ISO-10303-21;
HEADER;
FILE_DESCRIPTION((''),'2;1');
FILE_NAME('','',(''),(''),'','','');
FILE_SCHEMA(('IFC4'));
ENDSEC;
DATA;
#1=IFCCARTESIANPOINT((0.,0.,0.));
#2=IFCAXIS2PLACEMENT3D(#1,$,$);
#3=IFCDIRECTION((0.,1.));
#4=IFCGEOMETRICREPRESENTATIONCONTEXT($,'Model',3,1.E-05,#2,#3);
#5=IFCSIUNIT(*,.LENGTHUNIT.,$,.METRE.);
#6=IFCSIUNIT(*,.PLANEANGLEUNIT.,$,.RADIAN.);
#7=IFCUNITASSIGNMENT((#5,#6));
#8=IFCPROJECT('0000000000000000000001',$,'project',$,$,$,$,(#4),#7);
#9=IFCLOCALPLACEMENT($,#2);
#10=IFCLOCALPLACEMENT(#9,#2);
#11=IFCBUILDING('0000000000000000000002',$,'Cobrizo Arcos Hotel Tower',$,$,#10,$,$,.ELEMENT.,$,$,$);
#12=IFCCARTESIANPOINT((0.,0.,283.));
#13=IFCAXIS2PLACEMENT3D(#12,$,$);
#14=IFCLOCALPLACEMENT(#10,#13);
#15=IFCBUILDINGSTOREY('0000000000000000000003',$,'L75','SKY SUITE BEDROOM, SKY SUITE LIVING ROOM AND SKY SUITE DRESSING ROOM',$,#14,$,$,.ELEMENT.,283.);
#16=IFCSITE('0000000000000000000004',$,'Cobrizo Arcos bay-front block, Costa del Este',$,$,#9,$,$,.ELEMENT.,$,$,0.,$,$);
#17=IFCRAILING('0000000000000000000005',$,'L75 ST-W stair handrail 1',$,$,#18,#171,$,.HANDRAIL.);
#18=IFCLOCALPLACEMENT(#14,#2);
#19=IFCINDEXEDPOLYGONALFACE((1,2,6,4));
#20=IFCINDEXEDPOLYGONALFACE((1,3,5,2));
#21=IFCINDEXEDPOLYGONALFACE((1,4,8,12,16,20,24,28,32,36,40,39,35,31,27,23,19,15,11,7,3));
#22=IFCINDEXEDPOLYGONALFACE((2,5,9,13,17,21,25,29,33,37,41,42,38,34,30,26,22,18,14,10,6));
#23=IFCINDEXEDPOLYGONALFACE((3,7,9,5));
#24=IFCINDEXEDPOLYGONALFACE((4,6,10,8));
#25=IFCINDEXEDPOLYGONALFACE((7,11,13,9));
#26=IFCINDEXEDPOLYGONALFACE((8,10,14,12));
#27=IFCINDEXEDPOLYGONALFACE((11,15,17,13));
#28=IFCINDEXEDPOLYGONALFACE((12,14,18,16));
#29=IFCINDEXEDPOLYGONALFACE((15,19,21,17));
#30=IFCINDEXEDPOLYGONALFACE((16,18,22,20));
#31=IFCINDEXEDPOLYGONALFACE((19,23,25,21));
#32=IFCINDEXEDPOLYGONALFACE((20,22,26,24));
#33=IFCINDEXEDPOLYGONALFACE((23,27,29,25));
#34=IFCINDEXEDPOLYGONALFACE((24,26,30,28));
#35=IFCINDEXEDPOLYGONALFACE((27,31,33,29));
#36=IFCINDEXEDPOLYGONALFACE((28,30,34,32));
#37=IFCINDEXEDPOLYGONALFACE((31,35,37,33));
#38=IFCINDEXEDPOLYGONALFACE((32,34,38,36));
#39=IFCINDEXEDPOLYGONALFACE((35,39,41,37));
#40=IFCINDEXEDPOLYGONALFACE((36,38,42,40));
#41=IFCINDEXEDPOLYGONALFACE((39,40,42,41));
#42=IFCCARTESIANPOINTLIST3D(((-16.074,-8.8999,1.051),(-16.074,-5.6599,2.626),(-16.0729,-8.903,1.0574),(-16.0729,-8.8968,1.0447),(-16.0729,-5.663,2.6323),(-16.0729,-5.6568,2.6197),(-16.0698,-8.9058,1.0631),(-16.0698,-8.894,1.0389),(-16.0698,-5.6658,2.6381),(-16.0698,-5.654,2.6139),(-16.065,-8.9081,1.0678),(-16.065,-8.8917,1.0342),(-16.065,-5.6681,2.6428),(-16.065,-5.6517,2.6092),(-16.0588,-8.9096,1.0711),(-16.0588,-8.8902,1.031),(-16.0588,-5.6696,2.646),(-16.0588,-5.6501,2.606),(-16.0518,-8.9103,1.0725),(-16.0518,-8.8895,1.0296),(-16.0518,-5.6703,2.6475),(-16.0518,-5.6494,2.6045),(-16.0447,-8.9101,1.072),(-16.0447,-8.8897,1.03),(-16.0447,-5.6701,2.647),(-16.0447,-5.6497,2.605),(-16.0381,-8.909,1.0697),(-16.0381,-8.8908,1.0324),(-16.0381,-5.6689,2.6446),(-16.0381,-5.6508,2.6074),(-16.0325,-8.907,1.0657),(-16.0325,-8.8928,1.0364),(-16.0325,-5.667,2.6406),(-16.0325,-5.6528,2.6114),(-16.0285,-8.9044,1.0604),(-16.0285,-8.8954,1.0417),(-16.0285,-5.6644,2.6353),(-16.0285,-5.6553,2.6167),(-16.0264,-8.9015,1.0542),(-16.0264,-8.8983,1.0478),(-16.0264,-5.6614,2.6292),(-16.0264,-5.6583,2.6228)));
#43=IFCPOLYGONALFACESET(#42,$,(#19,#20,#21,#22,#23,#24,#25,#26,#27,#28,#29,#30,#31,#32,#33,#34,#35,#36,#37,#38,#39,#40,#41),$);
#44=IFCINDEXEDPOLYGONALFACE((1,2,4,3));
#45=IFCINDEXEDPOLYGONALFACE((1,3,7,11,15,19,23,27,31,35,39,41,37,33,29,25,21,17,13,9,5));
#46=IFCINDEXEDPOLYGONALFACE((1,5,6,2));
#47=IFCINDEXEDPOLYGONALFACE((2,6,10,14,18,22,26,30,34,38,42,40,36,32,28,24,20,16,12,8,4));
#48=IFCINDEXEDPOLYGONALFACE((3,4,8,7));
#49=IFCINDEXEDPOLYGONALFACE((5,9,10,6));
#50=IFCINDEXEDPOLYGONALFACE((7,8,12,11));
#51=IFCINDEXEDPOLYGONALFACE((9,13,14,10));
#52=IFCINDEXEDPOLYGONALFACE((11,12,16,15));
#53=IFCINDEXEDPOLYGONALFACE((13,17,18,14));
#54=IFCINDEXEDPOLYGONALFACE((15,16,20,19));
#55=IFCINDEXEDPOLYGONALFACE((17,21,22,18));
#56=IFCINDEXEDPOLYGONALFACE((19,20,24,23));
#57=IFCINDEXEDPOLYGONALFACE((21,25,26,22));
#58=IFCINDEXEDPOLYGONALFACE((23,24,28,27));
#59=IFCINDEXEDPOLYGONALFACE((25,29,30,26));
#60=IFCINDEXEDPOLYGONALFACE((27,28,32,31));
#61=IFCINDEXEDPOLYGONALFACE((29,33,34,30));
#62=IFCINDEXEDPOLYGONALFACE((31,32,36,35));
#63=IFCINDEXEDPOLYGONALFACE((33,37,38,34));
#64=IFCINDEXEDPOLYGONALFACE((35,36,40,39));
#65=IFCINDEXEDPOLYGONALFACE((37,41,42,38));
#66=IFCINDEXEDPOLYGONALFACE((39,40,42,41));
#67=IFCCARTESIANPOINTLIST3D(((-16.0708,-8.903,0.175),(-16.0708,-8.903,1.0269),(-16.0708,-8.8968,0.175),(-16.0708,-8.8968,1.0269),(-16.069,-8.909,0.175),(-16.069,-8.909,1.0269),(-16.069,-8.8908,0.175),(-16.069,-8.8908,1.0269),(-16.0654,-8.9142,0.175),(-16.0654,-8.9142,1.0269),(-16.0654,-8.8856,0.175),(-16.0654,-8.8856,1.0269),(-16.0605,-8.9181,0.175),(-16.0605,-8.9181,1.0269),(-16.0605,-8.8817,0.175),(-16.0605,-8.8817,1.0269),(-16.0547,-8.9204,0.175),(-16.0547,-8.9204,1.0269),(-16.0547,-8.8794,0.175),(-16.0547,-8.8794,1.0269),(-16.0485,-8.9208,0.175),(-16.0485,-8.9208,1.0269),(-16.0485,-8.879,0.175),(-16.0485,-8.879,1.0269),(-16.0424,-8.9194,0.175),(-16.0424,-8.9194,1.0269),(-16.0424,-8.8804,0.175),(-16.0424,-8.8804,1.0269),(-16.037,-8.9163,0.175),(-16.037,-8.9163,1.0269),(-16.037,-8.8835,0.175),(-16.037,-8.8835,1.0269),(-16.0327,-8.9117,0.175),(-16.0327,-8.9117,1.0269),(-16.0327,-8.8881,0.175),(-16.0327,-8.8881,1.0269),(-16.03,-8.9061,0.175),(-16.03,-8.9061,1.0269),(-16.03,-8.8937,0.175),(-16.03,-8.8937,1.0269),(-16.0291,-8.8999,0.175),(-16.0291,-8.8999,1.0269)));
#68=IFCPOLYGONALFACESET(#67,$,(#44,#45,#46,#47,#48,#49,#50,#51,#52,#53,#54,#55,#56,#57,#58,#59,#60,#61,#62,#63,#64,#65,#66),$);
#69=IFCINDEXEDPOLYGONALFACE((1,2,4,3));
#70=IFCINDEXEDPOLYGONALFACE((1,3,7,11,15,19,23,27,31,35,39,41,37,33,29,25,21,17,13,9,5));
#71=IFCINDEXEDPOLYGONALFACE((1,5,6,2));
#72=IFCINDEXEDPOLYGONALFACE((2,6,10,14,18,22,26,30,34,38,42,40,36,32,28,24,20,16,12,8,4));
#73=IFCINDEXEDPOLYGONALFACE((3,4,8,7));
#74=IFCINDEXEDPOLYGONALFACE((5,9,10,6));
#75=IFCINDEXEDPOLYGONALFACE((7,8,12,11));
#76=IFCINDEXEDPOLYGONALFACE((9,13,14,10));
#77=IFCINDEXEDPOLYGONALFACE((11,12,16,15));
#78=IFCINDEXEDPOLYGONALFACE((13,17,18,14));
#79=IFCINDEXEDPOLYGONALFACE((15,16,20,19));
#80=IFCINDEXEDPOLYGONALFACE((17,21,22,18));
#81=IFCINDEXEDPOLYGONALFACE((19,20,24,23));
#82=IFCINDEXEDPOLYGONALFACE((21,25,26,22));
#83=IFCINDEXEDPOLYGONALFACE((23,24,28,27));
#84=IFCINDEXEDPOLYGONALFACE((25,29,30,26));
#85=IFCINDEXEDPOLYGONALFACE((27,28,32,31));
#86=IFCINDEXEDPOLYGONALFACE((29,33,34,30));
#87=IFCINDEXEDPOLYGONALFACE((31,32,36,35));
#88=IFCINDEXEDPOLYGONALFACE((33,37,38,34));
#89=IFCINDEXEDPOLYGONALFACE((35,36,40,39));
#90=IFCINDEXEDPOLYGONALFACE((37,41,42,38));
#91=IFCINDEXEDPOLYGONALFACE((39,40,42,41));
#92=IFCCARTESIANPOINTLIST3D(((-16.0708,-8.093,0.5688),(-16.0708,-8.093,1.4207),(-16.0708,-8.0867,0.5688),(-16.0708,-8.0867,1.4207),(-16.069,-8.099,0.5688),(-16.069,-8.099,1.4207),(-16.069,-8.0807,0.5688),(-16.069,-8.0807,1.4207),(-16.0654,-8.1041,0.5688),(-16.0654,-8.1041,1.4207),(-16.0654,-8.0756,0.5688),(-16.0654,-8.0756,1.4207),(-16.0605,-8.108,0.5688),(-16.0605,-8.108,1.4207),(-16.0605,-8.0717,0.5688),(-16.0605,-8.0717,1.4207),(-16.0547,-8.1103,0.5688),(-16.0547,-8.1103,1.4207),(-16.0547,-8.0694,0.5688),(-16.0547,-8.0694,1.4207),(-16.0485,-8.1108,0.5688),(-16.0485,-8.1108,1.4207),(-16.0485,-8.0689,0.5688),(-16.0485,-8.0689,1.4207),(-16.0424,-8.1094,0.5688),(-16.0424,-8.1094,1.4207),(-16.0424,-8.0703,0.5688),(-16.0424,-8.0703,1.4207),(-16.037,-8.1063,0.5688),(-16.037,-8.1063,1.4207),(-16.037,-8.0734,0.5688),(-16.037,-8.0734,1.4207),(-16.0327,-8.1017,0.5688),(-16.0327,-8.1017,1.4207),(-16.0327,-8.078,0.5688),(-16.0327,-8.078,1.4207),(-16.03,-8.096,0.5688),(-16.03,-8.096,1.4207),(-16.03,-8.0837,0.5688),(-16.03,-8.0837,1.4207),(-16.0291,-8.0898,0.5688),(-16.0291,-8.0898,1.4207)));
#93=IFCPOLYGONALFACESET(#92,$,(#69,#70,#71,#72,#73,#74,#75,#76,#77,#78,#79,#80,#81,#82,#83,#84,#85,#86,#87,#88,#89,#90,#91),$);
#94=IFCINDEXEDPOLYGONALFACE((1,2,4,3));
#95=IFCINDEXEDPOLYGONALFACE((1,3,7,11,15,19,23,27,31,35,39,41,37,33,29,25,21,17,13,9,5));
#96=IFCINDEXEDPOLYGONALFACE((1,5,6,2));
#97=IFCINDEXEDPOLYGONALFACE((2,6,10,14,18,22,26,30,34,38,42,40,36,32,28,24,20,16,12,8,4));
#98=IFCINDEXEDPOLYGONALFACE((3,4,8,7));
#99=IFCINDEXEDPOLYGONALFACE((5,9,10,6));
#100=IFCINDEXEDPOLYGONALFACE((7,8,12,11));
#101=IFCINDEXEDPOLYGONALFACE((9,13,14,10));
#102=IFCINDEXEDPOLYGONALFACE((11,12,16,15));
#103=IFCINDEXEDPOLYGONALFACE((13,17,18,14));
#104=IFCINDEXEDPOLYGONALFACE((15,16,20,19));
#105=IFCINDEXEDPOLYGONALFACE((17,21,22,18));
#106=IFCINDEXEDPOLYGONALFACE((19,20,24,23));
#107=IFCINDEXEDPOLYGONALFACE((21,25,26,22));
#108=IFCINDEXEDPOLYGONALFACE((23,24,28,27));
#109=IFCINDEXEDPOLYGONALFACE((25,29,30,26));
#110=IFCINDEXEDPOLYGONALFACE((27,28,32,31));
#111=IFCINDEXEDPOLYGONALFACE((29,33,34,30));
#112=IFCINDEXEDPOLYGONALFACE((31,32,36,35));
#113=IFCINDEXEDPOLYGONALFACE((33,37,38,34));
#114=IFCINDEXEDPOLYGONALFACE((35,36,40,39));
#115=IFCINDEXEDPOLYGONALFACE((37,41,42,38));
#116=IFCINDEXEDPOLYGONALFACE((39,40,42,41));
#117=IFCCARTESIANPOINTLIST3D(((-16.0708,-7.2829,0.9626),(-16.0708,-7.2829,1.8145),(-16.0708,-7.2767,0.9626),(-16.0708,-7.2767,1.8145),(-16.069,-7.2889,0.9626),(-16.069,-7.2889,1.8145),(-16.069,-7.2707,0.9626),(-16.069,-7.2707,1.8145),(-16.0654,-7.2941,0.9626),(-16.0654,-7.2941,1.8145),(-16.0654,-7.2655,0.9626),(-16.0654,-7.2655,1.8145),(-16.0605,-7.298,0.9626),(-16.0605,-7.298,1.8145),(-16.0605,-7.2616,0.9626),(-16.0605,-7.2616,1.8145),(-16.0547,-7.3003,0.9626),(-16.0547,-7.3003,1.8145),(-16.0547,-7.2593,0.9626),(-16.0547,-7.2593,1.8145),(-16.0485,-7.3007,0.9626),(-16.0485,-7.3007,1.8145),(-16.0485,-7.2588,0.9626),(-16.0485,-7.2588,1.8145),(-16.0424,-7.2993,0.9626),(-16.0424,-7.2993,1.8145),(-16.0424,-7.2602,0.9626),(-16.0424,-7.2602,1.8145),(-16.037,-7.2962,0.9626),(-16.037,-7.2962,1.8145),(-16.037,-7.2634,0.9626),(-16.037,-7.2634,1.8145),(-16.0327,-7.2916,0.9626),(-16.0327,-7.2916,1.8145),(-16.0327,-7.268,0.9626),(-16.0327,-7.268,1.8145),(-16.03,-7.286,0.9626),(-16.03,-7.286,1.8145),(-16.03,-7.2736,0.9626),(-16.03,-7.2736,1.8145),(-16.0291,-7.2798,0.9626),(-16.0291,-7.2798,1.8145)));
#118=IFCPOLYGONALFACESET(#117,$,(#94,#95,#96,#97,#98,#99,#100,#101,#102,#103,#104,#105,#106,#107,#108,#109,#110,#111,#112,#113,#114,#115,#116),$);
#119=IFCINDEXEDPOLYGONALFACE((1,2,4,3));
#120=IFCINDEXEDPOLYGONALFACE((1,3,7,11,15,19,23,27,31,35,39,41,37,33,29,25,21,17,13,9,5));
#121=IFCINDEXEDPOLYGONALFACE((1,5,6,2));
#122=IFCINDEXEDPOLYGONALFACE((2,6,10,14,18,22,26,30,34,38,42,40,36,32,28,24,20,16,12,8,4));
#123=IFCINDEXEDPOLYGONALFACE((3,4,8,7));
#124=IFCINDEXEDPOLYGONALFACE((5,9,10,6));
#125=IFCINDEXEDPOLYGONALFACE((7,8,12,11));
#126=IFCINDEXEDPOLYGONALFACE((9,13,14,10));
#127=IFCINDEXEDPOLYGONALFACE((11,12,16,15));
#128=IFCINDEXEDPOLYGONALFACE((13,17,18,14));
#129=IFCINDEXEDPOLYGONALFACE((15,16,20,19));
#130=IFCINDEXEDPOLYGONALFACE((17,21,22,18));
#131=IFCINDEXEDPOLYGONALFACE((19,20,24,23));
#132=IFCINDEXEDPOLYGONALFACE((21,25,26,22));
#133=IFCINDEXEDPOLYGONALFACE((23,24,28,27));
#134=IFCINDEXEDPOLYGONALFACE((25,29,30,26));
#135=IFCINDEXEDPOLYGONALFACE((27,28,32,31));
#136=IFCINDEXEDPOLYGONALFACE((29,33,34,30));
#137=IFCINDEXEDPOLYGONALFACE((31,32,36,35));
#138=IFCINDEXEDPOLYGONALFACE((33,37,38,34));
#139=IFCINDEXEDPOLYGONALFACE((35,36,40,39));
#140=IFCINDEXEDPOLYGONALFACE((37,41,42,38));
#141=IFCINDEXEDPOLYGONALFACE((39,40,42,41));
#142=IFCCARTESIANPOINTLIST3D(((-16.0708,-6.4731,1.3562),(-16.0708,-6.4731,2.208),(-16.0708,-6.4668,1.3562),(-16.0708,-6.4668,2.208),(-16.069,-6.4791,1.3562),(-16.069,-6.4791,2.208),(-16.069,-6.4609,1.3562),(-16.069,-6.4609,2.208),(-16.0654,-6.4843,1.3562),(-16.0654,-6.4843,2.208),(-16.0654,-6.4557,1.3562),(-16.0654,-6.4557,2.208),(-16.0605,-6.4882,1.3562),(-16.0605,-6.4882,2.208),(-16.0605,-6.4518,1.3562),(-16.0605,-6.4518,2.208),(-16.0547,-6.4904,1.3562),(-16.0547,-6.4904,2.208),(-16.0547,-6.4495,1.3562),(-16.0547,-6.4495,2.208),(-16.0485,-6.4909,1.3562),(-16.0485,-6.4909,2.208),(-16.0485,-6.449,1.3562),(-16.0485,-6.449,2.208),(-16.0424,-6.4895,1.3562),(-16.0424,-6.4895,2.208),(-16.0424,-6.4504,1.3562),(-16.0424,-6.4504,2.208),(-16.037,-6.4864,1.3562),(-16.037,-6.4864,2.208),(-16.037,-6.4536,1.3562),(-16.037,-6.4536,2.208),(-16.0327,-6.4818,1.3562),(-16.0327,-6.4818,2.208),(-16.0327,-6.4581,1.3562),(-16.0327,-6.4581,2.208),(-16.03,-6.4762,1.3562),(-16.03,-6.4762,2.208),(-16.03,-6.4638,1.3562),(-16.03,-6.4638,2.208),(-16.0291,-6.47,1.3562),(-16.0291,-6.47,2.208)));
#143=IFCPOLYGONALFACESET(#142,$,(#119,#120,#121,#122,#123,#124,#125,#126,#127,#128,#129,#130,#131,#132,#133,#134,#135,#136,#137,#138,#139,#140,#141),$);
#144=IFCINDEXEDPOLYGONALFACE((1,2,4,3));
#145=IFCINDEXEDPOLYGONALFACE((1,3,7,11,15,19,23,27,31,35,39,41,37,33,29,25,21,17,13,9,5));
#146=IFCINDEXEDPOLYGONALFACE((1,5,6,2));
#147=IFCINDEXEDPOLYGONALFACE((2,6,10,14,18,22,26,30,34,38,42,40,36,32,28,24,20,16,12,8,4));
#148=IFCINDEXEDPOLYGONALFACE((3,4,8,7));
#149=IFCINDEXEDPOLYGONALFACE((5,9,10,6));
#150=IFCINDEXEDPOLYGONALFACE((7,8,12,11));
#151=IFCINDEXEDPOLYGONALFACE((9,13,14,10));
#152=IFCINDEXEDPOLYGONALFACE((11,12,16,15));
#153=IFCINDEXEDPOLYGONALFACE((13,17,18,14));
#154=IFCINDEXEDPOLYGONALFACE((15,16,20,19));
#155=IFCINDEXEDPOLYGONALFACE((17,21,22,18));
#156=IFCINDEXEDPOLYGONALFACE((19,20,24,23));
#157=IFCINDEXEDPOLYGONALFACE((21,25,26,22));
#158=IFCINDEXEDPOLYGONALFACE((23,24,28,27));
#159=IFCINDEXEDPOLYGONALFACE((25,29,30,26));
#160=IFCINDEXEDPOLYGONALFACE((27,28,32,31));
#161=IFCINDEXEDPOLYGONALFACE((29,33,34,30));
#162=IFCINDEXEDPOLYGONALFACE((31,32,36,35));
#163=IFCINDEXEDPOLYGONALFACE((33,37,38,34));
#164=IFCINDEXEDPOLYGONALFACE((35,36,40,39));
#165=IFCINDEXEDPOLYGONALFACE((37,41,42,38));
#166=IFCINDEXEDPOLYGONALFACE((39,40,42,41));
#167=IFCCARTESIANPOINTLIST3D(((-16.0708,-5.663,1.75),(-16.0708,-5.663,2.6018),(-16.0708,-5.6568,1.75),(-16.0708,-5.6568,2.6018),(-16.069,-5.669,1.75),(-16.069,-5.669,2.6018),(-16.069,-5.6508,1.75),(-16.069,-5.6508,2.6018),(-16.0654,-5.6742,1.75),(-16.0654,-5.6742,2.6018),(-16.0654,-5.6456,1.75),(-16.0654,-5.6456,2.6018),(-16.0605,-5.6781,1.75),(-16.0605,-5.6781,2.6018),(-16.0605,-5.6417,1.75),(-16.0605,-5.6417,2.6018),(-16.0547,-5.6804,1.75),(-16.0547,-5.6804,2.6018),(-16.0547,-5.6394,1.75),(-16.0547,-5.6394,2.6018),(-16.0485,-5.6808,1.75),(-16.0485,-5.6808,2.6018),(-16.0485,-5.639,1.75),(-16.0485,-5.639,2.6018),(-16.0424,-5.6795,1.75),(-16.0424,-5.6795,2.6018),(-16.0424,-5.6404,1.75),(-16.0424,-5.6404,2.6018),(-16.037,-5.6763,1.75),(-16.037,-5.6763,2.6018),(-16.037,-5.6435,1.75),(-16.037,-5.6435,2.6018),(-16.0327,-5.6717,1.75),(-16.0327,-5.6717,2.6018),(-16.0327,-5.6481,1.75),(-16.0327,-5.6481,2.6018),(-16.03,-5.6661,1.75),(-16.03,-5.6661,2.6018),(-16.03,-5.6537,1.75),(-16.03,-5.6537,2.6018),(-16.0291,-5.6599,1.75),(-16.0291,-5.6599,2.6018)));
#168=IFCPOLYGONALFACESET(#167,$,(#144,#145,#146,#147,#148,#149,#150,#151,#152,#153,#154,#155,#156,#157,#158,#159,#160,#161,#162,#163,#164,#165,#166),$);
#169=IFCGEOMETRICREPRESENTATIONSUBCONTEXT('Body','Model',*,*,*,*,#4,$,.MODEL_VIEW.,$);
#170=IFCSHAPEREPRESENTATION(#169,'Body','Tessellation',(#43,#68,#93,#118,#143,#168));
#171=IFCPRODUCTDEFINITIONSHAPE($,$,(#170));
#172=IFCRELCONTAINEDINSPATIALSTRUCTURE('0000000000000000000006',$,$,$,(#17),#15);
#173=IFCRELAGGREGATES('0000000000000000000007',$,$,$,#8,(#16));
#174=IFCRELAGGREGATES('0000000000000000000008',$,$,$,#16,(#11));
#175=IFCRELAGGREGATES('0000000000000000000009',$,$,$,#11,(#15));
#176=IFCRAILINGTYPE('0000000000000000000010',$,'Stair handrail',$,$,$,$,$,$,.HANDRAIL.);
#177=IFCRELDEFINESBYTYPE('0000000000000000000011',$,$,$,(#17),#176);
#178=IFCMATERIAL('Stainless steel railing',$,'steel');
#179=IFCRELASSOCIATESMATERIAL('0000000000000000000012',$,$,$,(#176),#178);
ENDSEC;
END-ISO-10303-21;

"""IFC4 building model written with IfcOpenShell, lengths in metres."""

from ifc_helpers import new_model, si_unit, direction, frame, origin, origin_2d, place, context, subcontext, project, spatial, circle, extrude, material, type_object, element, save


model = new_model("IFC4")

# Units and contexts
model_context = context("Model", 3, precision=1e-05, world=origin(), true_north=direction((0.0, 1.0)))
body_context = subcontext(model_context, "Body", "Model", "MODEL_VIEW")
ifc_project = project(units=[si_unit("LENGTHUNIT", "METRE"), si_unit("PLANEANGLEUNIT", "RADIAN")], contexts=[model_context])

# Site, building, storey
site_placement = place(None, origin())
site = spatial("IfcSite", under=ifc_project, at=site_placement, Name="Cobrizo Arcos bay-front block, Costa del Este", CompositionType="ELEMENT", RefElevation=0.0)
building_placement = place(site_placement, origin())
building = spatial("IfcBuilding", under=site, at=building_placement, Name="Cobrizo Arcos Hotel Tower", CompositionType="ELEMENT")
storey_placement = place(building_placement, frame((0.0, 0.0, 283.0)))
storey = spatial("IfcBuildingStorey", under=building, at=storey_placement, Name="L75", Description="SKY SUITE BEDROOM, SKY SUITE LIVING ROOM AND SKY SUITE DRESSING ROOM", CompositionType="ELEMENT", Elevation=283.0)

# Railing
ifc_material_1 = material(Name="Stainless steel railing", Category="steel")
railing_type_1 = type_object("IfcRailingType", Name="Stair handrail", PredefinedType="HANDRAIL", material=ifc_material_1)
railing_1_placement = place(storey_placement, frame((-16.05, -8.8999, 0.175)))
element("IfcRailing", 1, at=railing_1_placement, inside=storey, type_object=railing_type_1, Name="L75 ST-W stair handrail 1", PredefinedType="HANDRAIL", context=body_context, shape_type="SweptSolid", body=[
    extrude(circle(Radius=0.0239, at=origin_2d()), frame((0.0, 0.0, 0.876), z_axis=(0.0, 0.899373, 0.437183), x_axis=(-1.0, 0.0, 0.0)), (0.0, 0.0, 1.0), 3.6025),
    extrude(circle(Radius=0.021, at=origin_2d()), origin(), (0.0, 0.0, 1.0), 0.8518),
    extrude(circle(Radius=0.021, at=origin_2d()), frame((0.0, 0.8101, 0.3938)), (0.0, 0.0, 1.0), 0.8518),
    extrude(circle(Radius=0.021, at=origin_2d()), frame((0.0, 1.6201, 0.7876)), (0.0, 0.0, 1.0), 0.8518),
    extrude(circle(Radius=0.021, at=origin_2d()), frame((0.0, 2.4299, 1.1812)), (0.0, 0.0, 1.0), 0.8518),
    extrude(circle(Radius=0.021, at=origin_2d()), frame((0.0, 3.24, 1.575)), (0.0, 0.0, 1.0), 0.8518),
])

save(model, "model.ifc")
